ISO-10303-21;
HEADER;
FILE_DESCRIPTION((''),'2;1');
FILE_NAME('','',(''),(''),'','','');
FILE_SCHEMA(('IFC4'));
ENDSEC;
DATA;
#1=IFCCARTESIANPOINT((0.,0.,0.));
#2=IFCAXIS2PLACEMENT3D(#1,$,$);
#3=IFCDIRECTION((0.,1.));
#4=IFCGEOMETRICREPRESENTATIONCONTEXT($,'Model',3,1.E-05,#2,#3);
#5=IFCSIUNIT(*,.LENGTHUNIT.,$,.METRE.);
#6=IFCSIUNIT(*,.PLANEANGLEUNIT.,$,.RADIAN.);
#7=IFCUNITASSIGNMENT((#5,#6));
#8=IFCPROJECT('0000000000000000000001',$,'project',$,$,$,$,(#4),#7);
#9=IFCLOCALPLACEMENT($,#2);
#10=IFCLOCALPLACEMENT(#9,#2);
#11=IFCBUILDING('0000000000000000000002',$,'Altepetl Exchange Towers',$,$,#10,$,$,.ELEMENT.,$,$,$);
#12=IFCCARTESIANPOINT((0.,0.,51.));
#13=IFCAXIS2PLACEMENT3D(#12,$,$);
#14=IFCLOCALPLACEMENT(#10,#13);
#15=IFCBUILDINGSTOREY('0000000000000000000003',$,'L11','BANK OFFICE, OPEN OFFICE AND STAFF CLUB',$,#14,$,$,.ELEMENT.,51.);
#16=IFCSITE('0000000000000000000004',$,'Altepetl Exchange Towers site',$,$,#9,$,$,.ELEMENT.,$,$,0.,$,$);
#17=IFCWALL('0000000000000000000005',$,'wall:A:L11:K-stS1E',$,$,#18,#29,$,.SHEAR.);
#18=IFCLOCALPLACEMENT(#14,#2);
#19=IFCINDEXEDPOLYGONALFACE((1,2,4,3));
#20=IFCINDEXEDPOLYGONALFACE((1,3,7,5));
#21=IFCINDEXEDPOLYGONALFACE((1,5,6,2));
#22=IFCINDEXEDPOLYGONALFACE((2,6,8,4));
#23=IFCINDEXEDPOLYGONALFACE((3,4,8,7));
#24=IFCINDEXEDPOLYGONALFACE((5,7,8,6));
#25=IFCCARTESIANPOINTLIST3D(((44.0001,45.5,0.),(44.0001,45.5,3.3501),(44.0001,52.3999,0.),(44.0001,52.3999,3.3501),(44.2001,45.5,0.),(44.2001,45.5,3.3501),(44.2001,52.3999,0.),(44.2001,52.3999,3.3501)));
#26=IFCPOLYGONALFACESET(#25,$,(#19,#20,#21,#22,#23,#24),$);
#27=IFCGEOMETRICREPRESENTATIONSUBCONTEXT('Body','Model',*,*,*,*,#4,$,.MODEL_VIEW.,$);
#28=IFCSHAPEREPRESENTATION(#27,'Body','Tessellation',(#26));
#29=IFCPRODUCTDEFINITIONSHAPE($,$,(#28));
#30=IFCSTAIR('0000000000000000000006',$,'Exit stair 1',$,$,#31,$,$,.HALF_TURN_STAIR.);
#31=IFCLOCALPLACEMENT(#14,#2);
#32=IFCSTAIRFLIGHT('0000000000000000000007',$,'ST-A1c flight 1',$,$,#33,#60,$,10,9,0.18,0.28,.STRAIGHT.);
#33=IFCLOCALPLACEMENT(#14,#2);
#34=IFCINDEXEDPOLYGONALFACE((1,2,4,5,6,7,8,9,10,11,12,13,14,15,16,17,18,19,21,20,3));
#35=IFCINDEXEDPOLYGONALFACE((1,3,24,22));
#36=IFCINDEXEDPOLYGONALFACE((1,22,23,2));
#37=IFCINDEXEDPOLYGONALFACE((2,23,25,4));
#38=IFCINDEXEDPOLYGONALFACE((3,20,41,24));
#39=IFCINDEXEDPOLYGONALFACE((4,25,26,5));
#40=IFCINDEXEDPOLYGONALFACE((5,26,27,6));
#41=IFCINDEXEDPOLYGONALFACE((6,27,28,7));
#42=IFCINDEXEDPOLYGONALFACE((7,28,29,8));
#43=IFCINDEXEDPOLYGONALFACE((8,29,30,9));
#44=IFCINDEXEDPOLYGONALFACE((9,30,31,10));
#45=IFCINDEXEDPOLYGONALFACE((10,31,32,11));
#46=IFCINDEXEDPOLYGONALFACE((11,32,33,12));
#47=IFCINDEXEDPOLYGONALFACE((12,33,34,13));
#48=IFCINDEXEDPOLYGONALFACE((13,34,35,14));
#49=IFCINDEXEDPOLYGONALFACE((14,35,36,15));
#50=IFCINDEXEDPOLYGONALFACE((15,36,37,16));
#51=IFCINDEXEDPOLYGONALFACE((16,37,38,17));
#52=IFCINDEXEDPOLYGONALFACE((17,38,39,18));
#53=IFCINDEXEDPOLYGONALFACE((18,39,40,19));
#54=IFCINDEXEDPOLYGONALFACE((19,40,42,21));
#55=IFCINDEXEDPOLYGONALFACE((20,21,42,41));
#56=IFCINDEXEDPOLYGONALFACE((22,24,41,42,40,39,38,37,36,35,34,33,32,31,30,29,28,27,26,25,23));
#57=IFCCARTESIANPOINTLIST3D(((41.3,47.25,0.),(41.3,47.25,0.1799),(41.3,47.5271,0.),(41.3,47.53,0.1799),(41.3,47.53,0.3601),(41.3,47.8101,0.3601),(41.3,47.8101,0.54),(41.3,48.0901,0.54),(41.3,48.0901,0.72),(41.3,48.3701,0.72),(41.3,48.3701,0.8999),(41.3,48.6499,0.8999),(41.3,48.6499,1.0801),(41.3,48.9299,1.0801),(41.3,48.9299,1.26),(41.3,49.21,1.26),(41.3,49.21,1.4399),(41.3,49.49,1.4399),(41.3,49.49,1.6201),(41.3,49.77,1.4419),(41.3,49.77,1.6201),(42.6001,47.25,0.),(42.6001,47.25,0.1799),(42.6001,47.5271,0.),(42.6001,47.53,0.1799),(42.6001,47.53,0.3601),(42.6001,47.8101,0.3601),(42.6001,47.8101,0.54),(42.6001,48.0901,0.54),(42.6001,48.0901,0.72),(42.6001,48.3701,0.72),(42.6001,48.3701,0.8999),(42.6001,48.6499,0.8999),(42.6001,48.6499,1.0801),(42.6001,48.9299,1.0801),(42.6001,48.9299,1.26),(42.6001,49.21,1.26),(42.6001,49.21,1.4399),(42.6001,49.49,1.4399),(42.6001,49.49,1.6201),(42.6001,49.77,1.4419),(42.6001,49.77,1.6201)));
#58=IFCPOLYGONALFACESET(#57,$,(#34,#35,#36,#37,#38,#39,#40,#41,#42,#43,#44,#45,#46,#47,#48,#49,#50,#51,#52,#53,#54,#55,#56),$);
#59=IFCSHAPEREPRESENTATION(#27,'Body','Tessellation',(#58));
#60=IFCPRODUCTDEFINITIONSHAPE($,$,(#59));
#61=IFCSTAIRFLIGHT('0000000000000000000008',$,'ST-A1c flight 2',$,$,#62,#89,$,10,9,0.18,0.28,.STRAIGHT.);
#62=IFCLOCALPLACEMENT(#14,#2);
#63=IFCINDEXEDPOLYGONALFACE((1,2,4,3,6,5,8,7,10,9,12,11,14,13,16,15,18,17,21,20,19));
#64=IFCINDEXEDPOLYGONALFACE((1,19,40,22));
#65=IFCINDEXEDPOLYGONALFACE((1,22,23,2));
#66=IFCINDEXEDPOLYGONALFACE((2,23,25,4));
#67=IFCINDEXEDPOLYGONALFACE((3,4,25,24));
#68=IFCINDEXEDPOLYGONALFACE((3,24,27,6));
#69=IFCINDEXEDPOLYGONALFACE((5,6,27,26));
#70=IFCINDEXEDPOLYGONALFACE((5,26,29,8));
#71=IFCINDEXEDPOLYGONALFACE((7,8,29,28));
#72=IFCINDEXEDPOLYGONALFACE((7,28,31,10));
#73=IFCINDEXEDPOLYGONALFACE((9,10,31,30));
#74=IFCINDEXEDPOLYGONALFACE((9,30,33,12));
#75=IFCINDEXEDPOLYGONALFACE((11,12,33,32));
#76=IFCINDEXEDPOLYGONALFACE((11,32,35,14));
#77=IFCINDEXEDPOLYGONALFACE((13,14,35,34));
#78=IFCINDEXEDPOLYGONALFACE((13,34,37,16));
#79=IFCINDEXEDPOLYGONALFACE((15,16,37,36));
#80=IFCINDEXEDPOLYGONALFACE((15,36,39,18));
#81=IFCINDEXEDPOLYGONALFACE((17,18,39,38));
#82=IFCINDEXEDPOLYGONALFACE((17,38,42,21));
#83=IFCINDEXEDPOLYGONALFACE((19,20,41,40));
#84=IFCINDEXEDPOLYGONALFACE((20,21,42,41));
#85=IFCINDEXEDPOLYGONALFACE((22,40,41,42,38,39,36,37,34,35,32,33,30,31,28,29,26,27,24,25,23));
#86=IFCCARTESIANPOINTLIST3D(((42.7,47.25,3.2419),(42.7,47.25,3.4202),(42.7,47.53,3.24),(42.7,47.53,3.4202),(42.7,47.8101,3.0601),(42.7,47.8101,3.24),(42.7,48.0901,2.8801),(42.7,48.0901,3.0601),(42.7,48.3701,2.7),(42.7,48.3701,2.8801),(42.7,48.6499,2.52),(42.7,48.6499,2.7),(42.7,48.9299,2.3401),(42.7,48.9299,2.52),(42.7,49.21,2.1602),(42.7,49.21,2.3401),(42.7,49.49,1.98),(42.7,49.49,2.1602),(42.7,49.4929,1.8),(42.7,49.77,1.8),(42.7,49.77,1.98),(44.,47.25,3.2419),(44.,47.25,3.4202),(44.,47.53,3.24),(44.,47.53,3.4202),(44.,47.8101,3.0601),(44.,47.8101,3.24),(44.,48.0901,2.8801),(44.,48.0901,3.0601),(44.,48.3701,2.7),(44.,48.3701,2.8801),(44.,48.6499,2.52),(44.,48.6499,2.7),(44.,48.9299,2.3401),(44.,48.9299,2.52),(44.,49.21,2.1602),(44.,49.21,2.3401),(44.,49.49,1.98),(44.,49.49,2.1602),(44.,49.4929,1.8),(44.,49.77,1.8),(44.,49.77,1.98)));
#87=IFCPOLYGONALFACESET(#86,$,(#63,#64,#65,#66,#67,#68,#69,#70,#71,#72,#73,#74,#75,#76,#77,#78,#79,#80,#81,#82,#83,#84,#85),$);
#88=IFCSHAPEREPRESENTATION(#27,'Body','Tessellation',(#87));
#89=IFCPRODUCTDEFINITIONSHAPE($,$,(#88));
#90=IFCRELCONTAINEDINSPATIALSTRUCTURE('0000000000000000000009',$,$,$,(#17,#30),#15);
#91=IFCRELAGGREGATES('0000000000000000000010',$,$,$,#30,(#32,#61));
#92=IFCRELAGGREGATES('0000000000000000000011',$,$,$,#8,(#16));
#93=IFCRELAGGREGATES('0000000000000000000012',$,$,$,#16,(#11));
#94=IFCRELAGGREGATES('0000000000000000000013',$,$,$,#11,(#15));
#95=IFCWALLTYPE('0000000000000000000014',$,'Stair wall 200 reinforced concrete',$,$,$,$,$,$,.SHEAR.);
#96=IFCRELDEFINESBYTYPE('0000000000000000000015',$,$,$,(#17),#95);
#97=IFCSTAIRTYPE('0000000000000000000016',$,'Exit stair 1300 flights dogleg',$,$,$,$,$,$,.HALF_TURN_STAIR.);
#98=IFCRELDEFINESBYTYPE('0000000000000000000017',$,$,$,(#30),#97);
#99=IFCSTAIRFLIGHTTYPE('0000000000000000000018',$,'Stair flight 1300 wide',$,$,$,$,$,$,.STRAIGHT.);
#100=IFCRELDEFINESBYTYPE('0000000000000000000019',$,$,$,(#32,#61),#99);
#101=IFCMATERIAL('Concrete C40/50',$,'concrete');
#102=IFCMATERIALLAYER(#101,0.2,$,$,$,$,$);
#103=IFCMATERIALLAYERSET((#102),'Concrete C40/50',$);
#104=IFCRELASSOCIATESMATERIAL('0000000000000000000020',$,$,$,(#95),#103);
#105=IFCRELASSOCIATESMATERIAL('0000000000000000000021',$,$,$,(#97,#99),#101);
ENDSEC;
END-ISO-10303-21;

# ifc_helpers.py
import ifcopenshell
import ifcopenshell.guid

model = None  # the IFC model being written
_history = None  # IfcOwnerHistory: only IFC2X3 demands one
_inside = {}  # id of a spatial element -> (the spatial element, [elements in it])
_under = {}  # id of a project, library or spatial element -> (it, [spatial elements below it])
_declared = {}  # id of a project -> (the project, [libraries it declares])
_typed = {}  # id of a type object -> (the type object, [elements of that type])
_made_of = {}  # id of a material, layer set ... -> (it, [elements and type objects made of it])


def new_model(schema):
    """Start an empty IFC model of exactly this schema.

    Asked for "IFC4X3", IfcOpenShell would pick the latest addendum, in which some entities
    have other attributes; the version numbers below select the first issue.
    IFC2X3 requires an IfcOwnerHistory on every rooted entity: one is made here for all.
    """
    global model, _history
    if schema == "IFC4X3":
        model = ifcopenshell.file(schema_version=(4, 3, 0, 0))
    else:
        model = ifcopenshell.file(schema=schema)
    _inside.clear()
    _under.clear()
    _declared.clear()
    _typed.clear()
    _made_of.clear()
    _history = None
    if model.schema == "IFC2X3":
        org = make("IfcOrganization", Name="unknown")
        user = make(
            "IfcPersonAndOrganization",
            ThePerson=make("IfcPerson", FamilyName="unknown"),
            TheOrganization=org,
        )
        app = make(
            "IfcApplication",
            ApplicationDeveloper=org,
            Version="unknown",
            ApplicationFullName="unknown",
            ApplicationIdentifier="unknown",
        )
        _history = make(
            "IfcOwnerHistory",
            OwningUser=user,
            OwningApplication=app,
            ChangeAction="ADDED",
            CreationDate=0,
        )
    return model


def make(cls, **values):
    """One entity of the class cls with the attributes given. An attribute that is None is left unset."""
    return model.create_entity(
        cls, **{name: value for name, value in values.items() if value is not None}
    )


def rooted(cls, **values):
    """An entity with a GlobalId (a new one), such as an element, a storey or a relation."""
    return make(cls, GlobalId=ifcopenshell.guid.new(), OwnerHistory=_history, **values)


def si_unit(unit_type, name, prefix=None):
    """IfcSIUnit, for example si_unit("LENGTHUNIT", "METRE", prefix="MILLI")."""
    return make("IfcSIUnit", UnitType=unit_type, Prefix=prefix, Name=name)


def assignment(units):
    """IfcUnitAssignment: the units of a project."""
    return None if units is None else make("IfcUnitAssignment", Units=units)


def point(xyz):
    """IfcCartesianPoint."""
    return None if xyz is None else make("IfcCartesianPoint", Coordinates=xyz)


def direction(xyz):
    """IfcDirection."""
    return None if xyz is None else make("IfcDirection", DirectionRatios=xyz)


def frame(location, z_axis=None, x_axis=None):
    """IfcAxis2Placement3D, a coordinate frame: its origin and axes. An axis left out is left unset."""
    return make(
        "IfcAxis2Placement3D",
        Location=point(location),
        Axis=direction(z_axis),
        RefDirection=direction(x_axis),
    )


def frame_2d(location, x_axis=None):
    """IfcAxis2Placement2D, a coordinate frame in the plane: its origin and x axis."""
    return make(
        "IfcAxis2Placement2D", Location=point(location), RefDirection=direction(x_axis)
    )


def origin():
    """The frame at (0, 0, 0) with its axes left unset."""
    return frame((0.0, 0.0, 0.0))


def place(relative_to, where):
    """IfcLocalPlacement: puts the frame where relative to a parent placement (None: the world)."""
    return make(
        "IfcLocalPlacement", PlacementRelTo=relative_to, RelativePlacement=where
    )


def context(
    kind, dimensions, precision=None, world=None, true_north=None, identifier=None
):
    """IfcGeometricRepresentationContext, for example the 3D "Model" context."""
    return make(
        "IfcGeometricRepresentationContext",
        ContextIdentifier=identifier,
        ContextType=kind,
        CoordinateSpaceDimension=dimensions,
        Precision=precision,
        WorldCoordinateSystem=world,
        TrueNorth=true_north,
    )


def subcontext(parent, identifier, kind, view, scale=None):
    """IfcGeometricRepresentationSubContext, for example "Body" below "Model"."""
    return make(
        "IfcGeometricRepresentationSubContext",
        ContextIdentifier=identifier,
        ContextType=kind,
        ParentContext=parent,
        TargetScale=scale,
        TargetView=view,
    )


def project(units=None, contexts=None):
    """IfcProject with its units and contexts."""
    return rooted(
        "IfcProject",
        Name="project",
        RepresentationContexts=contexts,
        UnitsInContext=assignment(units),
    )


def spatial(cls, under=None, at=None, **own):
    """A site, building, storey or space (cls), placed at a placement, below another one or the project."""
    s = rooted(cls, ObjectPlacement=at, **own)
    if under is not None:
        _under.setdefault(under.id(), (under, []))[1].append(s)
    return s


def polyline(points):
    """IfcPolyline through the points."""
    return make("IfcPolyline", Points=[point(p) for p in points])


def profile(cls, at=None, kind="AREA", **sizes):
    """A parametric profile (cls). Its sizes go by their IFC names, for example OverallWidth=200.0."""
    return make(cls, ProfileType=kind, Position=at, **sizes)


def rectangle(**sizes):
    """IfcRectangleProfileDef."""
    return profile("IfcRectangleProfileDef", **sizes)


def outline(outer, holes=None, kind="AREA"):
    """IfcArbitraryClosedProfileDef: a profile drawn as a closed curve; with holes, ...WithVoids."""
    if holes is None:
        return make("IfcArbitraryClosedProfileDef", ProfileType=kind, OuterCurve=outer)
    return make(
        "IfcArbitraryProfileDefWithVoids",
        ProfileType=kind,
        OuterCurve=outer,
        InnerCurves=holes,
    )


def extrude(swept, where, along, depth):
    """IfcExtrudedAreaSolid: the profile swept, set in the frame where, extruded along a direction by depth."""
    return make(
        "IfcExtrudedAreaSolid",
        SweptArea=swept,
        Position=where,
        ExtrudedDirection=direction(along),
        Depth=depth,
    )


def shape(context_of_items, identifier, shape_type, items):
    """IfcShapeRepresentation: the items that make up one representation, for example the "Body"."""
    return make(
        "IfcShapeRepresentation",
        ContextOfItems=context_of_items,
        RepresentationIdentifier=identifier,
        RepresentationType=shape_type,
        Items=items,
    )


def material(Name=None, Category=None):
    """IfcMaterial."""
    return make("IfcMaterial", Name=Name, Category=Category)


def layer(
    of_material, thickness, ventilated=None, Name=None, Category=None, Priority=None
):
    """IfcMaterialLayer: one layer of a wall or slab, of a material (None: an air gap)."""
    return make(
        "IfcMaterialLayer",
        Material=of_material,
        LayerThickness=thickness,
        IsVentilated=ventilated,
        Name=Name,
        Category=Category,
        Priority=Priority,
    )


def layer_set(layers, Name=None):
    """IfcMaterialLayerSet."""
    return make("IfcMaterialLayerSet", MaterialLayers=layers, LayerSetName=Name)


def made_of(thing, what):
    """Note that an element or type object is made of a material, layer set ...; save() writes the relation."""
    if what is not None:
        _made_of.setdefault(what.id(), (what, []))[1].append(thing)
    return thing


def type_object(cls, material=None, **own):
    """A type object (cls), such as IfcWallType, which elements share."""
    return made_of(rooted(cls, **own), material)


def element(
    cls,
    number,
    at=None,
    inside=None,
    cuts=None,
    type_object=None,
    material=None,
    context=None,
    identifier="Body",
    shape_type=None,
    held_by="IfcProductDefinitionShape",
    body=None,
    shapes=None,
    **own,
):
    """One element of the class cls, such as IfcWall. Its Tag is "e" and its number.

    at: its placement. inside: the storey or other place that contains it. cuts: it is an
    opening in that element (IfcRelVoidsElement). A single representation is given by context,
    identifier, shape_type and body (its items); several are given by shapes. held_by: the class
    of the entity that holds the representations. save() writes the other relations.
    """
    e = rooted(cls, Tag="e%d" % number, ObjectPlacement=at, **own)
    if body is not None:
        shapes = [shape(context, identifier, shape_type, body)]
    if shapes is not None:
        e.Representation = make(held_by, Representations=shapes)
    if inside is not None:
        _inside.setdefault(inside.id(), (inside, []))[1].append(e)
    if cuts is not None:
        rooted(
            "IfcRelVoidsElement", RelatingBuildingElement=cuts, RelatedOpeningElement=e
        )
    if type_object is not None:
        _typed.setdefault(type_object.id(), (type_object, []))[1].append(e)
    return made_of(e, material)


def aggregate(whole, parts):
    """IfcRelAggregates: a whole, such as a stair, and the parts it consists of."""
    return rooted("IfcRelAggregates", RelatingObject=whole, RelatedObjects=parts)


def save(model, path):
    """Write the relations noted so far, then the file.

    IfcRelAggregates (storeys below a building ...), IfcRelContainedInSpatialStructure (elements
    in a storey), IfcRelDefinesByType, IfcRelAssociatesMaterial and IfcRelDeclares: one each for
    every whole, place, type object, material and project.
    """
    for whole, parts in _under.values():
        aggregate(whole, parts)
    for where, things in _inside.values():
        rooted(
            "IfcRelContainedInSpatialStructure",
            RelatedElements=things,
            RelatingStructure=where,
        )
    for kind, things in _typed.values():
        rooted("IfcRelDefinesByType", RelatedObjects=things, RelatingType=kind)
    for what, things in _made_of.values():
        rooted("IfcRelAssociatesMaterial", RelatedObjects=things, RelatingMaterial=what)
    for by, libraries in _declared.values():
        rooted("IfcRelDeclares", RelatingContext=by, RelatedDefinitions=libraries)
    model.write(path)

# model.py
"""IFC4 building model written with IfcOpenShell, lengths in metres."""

from ifc_helpers import new_model, si_unit, direction, frame, frame_2d, origin, place, context, subcontext, project, spatial, polyline, rectangle, outline, extrude, material, layer, layer_set, type_object, element, aggregate, save


model = new_model("IFC4")

# Units and contexts
model_context = context("Model", 3, precision=1e-05, world=origin(), true_north=direction((0.0, 1.0)))
body_context = subcontext(model_context, "Body", "Model", "MODEL_VIEW")
ifc_project = project(units=[si_unit("LENGTHUNIT", "METRE"), si_unit("PLANEANGLEUNIT", "RADIAN")], contexts=[model_context])

# Site, building, storey
site_placement = place(None, origin())
site = spatial("IfcSite", under=ifc_project, at=site_placement, Name="Altepetl Exchange Towers site", CompositionType="ELEMENT", RefElevation=0.0)
building_placement = place(site_placement, origin())
building = spatial("IfcBuilding", under=site, at=building_placement, Name="Altepetl Exchange Towers", CompositionType="ELEMENT")
storey_placement = place(building_placement, frame((0.0, 0.0, 51.0)))
storey = spatial("IfcBuildingStorey", under=building, at=storey_placement, Name="L11", Description="BANK OFFICE, OPEN OFFICE AND STAFF CLUB", CompositionType="ELEMENT", Elevation=51.0)

# Shared definitions
ifc_material_1 = material(Name="Concrete C40/50", Category="concrete")

# Wall
ifc_layer_1 = layer(ifc_material_1, 0.2)
ifc_layer_set_1 = layer_set([ifc_layer_1], Name="Concrete C40/50")
wall_type_1 = type_object("IfcWallType", Name="Stair wall 200 reinforced concrete", PredefinedType="SHEAR", material=ifc_layer_set_1)
wall_1_placement = place(storey_placement, frame((44.1001, 45.5, 0.0), z_axis=(0.0, 0.0, 1.0), x_axis=(0.0, 1.0, 0.0)))
element("IfcWall", 1, at=wall_1_placement, inside=storey, type_object=wall_type_1, Name="wall:A:L11:K-stS1E", PredefinedType="SHEAR", context=body_context, shape_type="SweptSolid", body=[
    extrude(rectangle(XDim=6.8999, YDim=0.2, at=frame_2d((3.45, 0.0))), origin(), (0.0, 0.0, 1.0), 3.3501),
])

# Stair, stair flights
stair_type = type_object("IfcStairType", Name="Exit stair 1300 flights dogleg", PredefinedType="HALF_TURN_STAIR", material=ifc_material_1)
stair_placement = place(storey_placement, origin())
stair = element("IfcStair", 2, at=stair_placement, inside=storey, type_object=stair_type, Name="Exit stair 1", PredefinedType="HALF_TURN_STAIR")
stair_flight_type = type_object("IfcStairFlightType", Name="Stair flight 1300 wide", PredefinedType="STRAIGHT", material=ifc_material_1)
stair_flight_1_placement = place(storey_placement, frame((41.95, 47.25, 0.0), z_axis=(0.0, 0.0, 1.0), x_axis=(0.0, 1.0, 0.0)))
stair_flight_1 = element("IfcStairFlight", 3, at=stair_flight_1_placement, type_object=stair_flight_type, Name="ST-A1c flight 1", NumberOfRisers=10, NumberOfTreads=9, PredefinedType="STRAIGHT", RiserHeight=0.18, TreadLength=0.28, context=body_context, shape_type="SweptSolid", body=[
    extrude(outline(polyline([(0.0, 0.0), (0.0, 0.1799), (0.28, 0.1799), (0.28, 0.3601), (0.5601, 0.3601), (0.5601, 0.54), (0.8401, 0.54), (0.8401, 0.72), (1.1201, 0.72), (1.1201, 0.8999), (1.3999, 0.8999), (1.3999, 1.0801), (1.6799, 1.0801), (1.6799, 1.26), (1.96, 1.26), (1.96, 1.4399), (2.24, 1.4399), (2.24, 1.6201), (2.52, 1.6201), (2.52, 1.8), (2.52, 1.4419), (0.2771, 0.0), (0.0, 0.0)])), frame((0.0, 0.6499, 0.0), z_axis=(0.0, -1.0, 0.0), x_axis=(1.0, 0.0, 0.0)), (0.0, 0.0, 1.0), 1.3),
])
stair_flight_2_placement = place(storey_placement, frame((43.3501, 49.77, 1.8), z_axis=(0.0, 0.0, 1.0), x_axis=(0.0, -1.0, 0.0)))
stair_flight_2 = element("IfcStairFlight", 4, at=stair_flight_2_placement, type_object=stair_flight_type, Name="ST-A1c flight 2", NumberOfRisers=10, NumberOfTreads=9, PredefinedType="STRAIGHT", RiserHeight=0.18, TreadLength=0.28, context=body_context, shape_type="SweptSolid", body=[
    extrude(outline(polyline([(0.0, 0.0), (0.0, 0.1799), (0.28, 0.1799), (0.28, 0.3601), (0.5601, 0.3601), (0.5601, 0.54), (0.8401, 0.54), (0.8401, 0.72), (1.1201, 0.72), (1.1201, 0.8999), (1.3999, 0.8999), (1.3999, 1.0801), (1.6799, 1.0801), (1.6799, 1.26), (1.96, 1.26), (1.96, 1.4399), (2.24, 1.4399), (2.24, 1.6201), (2.52, 1.6201), (2.52, 1.8), (2.52, 1.4419), (0.2771, 0.0), (0.0, 0.0)])), frame((0.0, 0.6499, 0.0), z_axis=(0.0, -1.0, 0.0), x_axis=(1.0, 0.0, 0.0)), (0.0, 0.0, 1.0), 1.3),
])
aggregate(stair, [stair_flight_1, stair_flight_2])

save(model, "model.ifc")
